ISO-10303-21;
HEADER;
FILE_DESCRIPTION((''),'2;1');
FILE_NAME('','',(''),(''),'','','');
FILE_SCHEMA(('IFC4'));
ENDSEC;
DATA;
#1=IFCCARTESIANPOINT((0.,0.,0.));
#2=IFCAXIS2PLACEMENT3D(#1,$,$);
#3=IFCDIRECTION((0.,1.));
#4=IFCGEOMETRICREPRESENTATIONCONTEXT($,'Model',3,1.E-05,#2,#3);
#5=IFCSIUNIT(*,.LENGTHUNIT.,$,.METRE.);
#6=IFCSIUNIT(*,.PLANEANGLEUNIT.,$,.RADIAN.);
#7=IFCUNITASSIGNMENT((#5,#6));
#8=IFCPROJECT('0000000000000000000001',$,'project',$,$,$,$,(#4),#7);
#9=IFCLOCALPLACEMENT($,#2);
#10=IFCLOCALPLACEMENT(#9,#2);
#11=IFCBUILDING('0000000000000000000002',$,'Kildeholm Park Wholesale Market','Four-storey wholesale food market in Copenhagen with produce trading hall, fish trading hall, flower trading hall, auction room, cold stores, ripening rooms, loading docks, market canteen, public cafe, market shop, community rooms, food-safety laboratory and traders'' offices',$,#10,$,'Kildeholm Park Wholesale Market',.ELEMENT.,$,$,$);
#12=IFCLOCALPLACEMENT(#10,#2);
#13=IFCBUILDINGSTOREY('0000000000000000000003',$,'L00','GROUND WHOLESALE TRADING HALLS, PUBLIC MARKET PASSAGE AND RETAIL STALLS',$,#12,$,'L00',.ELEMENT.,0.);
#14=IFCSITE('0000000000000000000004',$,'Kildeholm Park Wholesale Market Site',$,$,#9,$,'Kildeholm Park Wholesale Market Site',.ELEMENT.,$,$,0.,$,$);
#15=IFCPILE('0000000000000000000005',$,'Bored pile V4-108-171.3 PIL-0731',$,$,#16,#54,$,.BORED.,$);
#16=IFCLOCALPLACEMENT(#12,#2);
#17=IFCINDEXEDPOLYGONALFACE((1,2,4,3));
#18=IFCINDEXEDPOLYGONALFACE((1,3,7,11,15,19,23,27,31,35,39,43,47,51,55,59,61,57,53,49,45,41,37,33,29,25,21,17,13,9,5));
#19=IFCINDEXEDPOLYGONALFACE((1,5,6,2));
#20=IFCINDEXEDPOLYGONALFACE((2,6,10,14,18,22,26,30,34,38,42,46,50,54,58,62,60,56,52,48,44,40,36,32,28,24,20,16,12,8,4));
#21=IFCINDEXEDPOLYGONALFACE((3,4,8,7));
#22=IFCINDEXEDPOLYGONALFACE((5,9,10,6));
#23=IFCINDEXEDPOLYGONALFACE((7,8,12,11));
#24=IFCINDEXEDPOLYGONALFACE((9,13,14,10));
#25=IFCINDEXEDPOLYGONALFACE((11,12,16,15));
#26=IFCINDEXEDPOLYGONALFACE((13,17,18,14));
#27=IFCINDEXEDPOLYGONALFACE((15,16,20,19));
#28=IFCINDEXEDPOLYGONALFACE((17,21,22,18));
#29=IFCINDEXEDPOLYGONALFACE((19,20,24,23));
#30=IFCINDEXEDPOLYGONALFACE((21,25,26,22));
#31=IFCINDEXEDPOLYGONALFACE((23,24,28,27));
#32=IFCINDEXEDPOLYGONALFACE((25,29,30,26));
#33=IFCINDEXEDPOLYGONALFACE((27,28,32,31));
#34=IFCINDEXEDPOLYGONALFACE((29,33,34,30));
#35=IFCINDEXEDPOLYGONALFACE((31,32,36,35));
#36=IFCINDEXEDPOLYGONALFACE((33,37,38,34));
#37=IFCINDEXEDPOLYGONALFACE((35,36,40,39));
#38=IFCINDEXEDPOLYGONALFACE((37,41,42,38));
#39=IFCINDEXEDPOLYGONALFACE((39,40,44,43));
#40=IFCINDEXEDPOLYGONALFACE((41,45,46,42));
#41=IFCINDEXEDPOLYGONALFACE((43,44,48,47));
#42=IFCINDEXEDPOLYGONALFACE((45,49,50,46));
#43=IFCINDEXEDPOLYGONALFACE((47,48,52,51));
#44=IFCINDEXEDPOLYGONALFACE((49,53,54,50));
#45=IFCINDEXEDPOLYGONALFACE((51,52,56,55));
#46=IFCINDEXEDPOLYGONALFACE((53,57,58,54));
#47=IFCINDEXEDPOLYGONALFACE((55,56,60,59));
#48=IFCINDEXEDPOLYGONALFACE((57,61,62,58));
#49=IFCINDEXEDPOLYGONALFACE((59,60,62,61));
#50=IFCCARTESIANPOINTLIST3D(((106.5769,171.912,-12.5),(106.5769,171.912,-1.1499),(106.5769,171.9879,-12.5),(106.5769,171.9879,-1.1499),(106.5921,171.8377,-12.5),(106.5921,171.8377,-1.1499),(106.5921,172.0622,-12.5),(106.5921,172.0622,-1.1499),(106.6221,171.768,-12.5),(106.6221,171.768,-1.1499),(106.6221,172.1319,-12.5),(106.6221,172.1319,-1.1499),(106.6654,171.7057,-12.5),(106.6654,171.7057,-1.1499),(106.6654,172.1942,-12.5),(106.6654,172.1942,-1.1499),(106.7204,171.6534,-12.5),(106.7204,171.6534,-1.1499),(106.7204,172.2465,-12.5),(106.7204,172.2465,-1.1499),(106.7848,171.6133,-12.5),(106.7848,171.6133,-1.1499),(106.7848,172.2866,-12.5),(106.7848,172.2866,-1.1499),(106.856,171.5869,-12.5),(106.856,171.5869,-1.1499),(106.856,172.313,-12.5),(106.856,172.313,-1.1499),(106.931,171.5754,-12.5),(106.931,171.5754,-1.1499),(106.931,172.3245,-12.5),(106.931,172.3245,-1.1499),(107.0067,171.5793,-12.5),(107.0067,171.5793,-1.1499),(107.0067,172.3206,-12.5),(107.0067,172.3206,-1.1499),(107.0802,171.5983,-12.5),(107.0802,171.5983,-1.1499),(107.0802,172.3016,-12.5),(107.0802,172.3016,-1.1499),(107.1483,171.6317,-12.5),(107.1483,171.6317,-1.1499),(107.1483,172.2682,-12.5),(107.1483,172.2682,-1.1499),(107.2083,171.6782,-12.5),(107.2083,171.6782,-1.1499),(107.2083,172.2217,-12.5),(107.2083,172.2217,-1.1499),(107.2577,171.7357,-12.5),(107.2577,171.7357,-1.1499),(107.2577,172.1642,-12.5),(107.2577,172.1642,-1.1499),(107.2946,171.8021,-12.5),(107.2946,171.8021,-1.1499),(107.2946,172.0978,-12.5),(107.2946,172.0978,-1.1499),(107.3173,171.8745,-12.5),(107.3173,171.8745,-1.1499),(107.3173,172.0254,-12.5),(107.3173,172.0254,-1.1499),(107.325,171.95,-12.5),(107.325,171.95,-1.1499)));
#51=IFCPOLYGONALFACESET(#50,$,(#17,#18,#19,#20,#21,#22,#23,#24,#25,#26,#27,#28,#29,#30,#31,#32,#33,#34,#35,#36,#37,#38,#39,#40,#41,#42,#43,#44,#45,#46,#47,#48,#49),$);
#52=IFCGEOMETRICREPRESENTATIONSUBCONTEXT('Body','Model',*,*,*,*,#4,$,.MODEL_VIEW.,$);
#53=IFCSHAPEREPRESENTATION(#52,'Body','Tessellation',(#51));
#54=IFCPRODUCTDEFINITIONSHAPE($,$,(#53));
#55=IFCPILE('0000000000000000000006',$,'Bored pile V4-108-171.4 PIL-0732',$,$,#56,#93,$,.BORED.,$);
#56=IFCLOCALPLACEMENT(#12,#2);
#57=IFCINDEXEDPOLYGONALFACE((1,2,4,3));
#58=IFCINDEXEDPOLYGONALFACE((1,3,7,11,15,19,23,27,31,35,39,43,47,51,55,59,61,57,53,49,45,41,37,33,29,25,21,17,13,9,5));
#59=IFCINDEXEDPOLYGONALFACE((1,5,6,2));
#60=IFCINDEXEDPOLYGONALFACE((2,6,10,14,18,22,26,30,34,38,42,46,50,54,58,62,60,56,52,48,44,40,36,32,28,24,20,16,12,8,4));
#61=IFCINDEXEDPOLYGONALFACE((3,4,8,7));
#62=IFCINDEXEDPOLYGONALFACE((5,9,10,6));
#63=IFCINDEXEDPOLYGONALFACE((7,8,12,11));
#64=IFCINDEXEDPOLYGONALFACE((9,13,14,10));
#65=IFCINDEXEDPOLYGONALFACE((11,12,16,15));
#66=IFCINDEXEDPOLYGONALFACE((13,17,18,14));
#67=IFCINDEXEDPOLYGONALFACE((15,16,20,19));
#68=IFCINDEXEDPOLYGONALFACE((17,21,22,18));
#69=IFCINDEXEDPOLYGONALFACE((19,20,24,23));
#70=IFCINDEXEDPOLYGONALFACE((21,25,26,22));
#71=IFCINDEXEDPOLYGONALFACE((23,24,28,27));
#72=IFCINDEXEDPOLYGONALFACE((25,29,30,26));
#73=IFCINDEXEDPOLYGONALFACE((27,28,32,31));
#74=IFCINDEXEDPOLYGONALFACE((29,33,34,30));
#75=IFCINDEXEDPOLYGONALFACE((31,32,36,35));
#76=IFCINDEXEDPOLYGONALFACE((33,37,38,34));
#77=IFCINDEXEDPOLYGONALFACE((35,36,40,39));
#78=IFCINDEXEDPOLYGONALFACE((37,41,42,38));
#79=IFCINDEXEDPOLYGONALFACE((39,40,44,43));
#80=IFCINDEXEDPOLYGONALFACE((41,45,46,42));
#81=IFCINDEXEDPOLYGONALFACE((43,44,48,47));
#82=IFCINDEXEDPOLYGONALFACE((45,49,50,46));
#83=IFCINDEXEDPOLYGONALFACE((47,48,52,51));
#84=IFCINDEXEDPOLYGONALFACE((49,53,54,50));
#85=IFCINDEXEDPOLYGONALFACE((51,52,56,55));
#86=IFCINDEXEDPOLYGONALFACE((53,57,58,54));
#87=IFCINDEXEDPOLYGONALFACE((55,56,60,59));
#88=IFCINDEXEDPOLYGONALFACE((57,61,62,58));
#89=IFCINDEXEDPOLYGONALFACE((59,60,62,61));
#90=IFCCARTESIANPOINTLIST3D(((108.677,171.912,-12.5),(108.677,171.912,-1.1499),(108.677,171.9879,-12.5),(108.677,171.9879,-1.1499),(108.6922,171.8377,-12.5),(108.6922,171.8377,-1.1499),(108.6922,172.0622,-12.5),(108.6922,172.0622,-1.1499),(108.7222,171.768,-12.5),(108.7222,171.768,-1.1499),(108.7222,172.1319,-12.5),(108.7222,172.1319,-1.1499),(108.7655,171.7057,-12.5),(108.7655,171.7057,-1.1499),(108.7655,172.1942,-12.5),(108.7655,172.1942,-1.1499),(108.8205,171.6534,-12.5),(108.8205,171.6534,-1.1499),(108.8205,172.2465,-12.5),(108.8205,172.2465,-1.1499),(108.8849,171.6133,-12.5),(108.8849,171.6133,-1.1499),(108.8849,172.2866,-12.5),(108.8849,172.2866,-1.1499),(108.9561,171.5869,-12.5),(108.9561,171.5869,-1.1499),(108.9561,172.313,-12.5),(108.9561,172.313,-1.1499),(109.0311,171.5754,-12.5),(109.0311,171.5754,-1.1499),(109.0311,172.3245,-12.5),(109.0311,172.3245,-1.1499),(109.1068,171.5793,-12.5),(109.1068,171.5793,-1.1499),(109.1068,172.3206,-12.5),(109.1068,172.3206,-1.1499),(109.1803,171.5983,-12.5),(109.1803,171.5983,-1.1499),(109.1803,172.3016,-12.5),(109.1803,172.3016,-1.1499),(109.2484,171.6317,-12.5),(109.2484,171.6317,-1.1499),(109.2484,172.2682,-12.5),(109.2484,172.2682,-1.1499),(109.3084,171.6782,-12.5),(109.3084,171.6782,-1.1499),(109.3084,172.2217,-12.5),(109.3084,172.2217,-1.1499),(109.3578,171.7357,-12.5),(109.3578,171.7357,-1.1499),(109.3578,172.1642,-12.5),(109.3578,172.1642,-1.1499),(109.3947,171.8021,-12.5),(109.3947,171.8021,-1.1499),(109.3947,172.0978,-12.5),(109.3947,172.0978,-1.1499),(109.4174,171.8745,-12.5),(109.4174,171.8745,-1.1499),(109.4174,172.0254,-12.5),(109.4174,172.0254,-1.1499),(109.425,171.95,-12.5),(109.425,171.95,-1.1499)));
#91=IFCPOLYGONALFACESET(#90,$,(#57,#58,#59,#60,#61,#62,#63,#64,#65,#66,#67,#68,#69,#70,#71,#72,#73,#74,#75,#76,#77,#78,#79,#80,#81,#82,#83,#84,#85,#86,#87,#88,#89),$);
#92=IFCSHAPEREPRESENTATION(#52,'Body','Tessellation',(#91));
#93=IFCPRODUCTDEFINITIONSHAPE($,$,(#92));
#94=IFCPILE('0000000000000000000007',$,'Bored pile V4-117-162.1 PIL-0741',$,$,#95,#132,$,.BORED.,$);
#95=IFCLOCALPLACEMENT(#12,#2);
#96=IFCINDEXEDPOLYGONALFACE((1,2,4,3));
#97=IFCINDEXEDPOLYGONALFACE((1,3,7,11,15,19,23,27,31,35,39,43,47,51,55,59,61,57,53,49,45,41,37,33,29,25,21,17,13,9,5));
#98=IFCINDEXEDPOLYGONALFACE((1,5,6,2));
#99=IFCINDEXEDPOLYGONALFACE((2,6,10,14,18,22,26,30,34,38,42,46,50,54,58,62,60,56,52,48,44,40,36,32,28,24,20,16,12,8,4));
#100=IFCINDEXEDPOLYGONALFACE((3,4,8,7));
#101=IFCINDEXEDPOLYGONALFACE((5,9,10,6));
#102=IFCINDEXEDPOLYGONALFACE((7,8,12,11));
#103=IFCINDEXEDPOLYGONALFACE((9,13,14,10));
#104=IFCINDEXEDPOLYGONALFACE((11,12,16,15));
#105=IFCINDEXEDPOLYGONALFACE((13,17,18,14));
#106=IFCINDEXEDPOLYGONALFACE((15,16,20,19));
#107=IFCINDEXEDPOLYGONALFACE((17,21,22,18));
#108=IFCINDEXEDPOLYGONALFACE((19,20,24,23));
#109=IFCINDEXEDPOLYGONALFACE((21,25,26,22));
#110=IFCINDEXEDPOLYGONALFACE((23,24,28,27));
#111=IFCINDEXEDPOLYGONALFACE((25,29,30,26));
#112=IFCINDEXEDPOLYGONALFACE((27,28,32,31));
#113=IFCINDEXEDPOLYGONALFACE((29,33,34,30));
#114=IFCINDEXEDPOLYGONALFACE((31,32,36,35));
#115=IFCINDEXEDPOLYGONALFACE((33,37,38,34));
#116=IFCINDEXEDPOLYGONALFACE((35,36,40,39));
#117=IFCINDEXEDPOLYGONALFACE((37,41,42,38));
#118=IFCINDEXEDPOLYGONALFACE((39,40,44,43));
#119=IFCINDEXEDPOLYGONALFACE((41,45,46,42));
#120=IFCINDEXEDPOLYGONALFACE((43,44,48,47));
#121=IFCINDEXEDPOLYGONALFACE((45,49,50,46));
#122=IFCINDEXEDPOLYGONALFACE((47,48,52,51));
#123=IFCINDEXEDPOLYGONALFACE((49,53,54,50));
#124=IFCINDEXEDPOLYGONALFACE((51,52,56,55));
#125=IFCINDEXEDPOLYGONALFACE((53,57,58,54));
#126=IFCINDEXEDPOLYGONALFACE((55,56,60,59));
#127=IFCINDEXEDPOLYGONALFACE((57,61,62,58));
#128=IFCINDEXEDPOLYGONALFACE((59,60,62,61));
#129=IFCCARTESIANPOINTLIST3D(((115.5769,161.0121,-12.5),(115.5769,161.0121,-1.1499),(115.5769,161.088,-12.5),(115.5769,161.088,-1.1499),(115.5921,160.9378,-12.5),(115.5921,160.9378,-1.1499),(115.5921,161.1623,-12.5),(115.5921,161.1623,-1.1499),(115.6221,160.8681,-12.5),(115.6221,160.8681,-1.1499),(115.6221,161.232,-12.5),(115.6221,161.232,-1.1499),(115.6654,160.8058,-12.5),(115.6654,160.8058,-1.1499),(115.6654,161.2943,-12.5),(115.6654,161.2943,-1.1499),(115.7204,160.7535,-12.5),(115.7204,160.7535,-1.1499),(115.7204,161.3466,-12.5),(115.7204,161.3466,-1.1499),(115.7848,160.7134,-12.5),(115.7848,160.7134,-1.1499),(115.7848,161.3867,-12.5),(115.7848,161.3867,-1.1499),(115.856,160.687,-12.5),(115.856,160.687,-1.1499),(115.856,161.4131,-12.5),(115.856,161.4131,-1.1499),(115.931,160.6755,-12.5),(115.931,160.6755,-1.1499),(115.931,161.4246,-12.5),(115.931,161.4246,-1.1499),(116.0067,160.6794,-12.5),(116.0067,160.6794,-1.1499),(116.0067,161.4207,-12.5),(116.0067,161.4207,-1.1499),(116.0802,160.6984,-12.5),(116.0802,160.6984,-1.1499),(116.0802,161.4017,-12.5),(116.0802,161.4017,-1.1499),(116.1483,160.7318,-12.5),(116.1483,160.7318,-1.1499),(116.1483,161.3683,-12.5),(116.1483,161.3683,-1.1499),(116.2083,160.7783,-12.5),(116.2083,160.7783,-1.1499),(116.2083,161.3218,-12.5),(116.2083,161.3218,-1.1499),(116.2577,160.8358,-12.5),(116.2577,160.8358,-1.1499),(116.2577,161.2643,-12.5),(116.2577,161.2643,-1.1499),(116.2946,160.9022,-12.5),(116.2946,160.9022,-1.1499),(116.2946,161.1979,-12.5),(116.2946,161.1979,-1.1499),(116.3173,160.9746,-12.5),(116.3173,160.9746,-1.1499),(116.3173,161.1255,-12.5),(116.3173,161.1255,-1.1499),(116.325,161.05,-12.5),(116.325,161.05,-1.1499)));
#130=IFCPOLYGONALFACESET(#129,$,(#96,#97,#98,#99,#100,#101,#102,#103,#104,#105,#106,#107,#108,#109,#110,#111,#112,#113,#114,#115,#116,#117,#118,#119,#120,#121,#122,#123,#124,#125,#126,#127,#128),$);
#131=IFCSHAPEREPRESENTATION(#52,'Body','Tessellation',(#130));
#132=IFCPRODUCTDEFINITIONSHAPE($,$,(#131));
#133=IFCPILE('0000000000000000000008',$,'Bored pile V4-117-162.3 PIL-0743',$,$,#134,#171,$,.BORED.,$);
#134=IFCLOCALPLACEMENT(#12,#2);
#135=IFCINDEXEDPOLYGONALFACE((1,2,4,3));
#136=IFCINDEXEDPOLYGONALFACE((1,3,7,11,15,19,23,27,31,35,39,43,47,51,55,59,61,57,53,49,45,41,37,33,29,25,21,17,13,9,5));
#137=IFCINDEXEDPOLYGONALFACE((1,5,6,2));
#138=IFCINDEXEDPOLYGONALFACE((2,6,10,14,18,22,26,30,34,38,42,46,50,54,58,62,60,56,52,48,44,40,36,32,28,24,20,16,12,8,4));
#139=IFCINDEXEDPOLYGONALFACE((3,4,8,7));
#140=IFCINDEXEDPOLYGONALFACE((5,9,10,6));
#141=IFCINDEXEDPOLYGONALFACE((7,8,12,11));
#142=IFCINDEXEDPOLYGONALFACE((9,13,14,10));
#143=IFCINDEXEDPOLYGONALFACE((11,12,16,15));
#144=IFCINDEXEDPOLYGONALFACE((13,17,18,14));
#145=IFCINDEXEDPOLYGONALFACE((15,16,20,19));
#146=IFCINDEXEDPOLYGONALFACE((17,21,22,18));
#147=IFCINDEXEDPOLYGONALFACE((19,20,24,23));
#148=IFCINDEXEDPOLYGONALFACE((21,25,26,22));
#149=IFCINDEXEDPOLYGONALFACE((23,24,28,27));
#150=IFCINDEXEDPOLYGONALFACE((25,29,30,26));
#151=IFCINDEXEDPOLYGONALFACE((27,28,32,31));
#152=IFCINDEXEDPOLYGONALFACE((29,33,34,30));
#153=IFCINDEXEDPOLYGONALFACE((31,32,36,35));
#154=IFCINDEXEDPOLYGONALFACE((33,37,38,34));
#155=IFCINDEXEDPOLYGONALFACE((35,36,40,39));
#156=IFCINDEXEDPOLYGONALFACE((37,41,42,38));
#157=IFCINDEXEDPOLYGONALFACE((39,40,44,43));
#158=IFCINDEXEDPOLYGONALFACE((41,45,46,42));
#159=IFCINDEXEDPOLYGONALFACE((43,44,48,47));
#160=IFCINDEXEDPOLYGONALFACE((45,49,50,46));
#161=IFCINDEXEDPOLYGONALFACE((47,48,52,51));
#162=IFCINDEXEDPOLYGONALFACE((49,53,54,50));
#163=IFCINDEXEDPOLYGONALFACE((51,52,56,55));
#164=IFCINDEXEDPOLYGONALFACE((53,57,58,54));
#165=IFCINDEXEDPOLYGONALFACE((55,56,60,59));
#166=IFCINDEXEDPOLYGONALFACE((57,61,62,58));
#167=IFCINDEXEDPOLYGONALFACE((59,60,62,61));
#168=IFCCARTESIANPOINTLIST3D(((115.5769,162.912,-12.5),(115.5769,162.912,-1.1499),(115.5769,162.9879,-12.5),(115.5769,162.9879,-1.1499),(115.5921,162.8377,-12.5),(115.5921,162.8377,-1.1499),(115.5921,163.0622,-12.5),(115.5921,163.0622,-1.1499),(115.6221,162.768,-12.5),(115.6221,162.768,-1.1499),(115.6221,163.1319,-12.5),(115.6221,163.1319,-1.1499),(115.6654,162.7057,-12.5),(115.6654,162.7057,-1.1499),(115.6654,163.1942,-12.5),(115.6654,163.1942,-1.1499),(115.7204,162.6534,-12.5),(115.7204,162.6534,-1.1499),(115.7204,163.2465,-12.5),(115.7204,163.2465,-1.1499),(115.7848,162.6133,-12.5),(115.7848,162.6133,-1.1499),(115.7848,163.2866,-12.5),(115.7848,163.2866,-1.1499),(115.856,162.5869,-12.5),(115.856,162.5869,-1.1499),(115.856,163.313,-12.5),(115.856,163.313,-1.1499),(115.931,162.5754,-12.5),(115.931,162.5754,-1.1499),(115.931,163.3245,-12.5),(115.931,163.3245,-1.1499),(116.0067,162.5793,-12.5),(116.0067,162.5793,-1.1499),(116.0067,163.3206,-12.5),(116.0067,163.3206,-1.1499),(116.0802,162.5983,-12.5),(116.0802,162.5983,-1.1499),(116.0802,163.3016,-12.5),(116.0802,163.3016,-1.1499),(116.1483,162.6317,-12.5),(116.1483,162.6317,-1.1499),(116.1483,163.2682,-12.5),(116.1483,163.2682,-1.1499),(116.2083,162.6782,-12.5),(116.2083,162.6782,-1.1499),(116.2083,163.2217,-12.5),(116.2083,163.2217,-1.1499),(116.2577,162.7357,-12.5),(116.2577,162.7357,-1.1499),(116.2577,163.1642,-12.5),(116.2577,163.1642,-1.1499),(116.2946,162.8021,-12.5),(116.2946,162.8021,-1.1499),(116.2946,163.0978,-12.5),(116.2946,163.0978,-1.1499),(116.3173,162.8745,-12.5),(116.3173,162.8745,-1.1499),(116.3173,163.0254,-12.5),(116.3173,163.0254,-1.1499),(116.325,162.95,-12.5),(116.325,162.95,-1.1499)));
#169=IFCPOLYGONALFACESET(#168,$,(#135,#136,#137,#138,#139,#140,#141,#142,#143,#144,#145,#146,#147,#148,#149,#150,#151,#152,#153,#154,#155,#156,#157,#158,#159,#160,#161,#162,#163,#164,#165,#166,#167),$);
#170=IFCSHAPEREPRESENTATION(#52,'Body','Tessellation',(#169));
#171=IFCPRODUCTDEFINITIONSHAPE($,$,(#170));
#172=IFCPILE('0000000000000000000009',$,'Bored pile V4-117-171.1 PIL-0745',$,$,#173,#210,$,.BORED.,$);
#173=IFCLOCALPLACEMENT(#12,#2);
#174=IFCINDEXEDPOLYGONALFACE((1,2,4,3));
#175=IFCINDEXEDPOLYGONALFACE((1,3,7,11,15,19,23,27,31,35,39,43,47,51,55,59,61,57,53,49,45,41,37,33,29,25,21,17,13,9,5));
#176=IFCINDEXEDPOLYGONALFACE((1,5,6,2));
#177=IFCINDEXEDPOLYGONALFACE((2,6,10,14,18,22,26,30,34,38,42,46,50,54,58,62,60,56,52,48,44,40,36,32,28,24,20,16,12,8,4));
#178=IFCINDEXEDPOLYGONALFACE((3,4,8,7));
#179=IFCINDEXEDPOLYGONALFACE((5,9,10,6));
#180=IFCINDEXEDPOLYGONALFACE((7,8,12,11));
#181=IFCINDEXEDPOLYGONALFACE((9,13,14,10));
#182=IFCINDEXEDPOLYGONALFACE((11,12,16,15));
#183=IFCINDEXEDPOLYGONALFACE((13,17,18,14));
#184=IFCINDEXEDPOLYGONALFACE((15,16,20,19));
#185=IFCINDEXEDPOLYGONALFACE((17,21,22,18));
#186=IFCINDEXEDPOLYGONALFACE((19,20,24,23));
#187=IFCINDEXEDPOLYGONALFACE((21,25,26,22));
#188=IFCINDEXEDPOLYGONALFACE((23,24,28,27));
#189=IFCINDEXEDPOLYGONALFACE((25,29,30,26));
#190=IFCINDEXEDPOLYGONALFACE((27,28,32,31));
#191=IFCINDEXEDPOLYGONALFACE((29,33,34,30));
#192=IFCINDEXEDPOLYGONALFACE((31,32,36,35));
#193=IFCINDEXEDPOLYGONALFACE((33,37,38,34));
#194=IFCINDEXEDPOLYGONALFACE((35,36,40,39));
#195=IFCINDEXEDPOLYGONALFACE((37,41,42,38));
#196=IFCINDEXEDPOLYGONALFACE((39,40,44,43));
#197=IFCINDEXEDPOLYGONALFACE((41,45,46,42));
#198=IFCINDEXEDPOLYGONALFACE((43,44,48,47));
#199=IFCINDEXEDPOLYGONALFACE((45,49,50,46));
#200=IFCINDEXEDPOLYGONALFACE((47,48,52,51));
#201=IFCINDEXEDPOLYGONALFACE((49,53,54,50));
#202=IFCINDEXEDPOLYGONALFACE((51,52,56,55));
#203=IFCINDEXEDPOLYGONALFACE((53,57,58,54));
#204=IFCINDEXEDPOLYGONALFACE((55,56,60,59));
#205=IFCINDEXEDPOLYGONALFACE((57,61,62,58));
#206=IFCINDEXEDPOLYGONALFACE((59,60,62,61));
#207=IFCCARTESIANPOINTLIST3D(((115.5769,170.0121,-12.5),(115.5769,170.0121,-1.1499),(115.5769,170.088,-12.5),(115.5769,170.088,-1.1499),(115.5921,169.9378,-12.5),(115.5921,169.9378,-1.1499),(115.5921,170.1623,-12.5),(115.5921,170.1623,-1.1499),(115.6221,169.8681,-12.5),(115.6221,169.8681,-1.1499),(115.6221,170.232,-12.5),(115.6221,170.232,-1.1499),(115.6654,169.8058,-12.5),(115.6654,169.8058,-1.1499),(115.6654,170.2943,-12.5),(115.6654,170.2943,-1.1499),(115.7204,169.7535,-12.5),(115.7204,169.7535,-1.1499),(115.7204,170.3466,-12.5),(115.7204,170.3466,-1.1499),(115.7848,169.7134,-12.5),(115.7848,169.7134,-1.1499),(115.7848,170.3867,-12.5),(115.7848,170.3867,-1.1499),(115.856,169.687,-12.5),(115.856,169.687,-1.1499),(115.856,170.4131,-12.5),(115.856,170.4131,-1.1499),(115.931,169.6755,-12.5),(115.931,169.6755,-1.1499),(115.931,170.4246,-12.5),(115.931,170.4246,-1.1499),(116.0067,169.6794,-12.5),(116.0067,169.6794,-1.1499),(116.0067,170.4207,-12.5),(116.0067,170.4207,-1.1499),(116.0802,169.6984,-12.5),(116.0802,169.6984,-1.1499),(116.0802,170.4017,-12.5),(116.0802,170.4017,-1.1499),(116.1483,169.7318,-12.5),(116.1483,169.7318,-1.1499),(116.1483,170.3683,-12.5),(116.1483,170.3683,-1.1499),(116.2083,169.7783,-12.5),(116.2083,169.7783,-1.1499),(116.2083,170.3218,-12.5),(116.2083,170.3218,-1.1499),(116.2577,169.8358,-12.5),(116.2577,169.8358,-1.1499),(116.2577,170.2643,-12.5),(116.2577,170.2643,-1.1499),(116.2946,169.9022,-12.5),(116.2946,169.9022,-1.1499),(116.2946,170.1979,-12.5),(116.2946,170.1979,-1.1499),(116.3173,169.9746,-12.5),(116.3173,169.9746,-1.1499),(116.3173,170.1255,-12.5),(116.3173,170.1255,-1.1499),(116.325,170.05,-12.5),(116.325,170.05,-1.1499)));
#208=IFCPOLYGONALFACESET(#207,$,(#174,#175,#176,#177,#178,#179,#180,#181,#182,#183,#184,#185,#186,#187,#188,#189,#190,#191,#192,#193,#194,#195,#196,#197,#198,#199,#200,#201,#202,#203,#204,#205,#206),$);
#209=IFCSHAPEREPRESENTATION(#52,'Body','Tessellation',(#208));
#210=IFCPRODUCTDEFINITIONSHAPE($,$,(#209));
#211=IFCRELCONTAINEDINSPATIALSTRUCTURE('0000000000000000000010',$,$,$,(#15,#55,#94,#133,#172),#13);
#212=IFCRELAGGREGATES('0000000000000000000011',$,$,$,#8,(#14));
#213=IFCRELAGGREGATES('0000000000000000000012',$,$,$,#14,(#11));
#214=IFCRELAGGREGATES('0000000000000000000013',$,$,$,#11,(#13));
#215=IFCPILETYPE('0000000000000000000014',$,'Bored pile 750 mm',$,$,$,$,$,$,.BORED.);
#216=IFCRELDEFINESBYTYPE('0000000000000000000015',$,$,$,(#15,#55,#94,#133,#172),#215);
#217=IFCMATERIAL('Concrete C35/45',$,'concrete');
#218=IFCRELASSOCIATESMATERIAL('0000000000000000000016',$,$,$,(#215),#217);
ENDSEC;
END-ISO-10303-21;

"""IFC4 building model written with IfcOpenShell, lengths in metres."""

from ifc_helpers import new_model, si_unit, direction, frame, origin, origin_2d, place, context, subcontext, project, spatial, circle, extrude, material, material_profile, profile_set, type_object, element, save


model = new_model("IFC4")

# Units and contexts
model_context = context("Model", 3, precision=1e-05, world=origin(), true_north=direction((0.0, 1.0)))
body_context = subcontext(model_context, "Body", "Model", "MODEL_VIEW")
ifc_project = project(units=[si_unit("LENGTHUNIT", "METRE"), si_unit("PLANEANGLEUNIT", "RADIAN")], contexts=[model_context])

# Site, building, storey
site_placement = place(None, origin())
site = spatial("IfcSite", under=ifc_project, at=site_placement, Name="Kildeholm Park Wholesale Market Site", LongName="Kildeholm Park Wholesale Market Site", CompositionType="ELEMENT", RefElevation=0.0)
building_placement = place(site_placement, origin())
building = spatial("IfcBuilding", under=site, at=building_placement, Name="Kildeholm Park Wholesale Market", Description="Four-storey wholesale food market in Copenhagen with produce trading hall, fish trading hall, flower trading hall, auction room, cold stores, ripening rooms, loading docks, market canteen, public cafe, market shop, community rooms, food-safety laboratory and traders' offices", LongName="Kildeholm Park Wholesale Market", CompositionType="ELEMENT")
storey_placement = place(building_placement, origin())
storey = spatial("IfcBuildingStorey", under=building, at=storey_placement, Name="L00", Description="GROUND WHOLESALE TRADING HALLS, PUBLIC MARKET PASSAGE AND RETAIL STALLS", LongName="L00", CompositionType="ELEMENT", Elevation=0.0)

# Piles
ifc_material_1 = material(Name="Concrete C35/45", Category="concrete")
ifc_material_profile_1 = material_profile(ifc_material_1, circle(Radius=0.375, at=origin_2d()), Name="PILE D750")
ifc_profile_set_1 = profile_set([ifc_material_profile_1], Name="Concrete C35/45")
pile_type = type_object("IfcPileType", Name="Bored pile 750 mm", PredefinedType="BORED", material=ifc_profile_set_1)
for number, where, z_axis, x_axis, name in (
    (1, (106.95, 171.95, -1.1499), (0.0, 0.0, -1.0), (1.0, 0.0, 0.0), "Bored pile V4-108-171.3 PIL-0731"),
    (2, (109.05, 171.95, -1.1499), (0.0, 0.0, -1.0), (1.0, 0.0, 0.0), "Bored pile V4-108-171.4 PIL-0732"),
    (3, (115.95, 161.05, -1.1499), (0.0, 0.0, -1.0), (1.0, 0.0, 0.0), "Bored pile V4-117-162.1 PIL-0741"),
    (4, (115.95, 162.95, -1.1499), (0.0, 0.0, -1.0), (1.0, 0.0, 0.0), "Bored pile V4-117-162.3 PIL-0743"),
    (5, (115.95, 170.05, -1.1499), (0.0, 0.0, -1.0), (1.0, 0.0, 0.0), "Bored pile V4-117-171.1 PIL-0745"),
):
    element("IfcPile", number, at=place(storey_placement, frame(where, z_axis=z_axis, x_axis=x_axis)), inside=storey, type_object=pile_type, Name=name, PredefinedType="BORED", context=body_context, shape_type="SweptSolid", body=[
        extrude(circle(Radius=0.375, at=origin_2d()), origin(), (0.0, 0.0, 1.0), 11.3501),
    ])

save(model, "model.ifc")
